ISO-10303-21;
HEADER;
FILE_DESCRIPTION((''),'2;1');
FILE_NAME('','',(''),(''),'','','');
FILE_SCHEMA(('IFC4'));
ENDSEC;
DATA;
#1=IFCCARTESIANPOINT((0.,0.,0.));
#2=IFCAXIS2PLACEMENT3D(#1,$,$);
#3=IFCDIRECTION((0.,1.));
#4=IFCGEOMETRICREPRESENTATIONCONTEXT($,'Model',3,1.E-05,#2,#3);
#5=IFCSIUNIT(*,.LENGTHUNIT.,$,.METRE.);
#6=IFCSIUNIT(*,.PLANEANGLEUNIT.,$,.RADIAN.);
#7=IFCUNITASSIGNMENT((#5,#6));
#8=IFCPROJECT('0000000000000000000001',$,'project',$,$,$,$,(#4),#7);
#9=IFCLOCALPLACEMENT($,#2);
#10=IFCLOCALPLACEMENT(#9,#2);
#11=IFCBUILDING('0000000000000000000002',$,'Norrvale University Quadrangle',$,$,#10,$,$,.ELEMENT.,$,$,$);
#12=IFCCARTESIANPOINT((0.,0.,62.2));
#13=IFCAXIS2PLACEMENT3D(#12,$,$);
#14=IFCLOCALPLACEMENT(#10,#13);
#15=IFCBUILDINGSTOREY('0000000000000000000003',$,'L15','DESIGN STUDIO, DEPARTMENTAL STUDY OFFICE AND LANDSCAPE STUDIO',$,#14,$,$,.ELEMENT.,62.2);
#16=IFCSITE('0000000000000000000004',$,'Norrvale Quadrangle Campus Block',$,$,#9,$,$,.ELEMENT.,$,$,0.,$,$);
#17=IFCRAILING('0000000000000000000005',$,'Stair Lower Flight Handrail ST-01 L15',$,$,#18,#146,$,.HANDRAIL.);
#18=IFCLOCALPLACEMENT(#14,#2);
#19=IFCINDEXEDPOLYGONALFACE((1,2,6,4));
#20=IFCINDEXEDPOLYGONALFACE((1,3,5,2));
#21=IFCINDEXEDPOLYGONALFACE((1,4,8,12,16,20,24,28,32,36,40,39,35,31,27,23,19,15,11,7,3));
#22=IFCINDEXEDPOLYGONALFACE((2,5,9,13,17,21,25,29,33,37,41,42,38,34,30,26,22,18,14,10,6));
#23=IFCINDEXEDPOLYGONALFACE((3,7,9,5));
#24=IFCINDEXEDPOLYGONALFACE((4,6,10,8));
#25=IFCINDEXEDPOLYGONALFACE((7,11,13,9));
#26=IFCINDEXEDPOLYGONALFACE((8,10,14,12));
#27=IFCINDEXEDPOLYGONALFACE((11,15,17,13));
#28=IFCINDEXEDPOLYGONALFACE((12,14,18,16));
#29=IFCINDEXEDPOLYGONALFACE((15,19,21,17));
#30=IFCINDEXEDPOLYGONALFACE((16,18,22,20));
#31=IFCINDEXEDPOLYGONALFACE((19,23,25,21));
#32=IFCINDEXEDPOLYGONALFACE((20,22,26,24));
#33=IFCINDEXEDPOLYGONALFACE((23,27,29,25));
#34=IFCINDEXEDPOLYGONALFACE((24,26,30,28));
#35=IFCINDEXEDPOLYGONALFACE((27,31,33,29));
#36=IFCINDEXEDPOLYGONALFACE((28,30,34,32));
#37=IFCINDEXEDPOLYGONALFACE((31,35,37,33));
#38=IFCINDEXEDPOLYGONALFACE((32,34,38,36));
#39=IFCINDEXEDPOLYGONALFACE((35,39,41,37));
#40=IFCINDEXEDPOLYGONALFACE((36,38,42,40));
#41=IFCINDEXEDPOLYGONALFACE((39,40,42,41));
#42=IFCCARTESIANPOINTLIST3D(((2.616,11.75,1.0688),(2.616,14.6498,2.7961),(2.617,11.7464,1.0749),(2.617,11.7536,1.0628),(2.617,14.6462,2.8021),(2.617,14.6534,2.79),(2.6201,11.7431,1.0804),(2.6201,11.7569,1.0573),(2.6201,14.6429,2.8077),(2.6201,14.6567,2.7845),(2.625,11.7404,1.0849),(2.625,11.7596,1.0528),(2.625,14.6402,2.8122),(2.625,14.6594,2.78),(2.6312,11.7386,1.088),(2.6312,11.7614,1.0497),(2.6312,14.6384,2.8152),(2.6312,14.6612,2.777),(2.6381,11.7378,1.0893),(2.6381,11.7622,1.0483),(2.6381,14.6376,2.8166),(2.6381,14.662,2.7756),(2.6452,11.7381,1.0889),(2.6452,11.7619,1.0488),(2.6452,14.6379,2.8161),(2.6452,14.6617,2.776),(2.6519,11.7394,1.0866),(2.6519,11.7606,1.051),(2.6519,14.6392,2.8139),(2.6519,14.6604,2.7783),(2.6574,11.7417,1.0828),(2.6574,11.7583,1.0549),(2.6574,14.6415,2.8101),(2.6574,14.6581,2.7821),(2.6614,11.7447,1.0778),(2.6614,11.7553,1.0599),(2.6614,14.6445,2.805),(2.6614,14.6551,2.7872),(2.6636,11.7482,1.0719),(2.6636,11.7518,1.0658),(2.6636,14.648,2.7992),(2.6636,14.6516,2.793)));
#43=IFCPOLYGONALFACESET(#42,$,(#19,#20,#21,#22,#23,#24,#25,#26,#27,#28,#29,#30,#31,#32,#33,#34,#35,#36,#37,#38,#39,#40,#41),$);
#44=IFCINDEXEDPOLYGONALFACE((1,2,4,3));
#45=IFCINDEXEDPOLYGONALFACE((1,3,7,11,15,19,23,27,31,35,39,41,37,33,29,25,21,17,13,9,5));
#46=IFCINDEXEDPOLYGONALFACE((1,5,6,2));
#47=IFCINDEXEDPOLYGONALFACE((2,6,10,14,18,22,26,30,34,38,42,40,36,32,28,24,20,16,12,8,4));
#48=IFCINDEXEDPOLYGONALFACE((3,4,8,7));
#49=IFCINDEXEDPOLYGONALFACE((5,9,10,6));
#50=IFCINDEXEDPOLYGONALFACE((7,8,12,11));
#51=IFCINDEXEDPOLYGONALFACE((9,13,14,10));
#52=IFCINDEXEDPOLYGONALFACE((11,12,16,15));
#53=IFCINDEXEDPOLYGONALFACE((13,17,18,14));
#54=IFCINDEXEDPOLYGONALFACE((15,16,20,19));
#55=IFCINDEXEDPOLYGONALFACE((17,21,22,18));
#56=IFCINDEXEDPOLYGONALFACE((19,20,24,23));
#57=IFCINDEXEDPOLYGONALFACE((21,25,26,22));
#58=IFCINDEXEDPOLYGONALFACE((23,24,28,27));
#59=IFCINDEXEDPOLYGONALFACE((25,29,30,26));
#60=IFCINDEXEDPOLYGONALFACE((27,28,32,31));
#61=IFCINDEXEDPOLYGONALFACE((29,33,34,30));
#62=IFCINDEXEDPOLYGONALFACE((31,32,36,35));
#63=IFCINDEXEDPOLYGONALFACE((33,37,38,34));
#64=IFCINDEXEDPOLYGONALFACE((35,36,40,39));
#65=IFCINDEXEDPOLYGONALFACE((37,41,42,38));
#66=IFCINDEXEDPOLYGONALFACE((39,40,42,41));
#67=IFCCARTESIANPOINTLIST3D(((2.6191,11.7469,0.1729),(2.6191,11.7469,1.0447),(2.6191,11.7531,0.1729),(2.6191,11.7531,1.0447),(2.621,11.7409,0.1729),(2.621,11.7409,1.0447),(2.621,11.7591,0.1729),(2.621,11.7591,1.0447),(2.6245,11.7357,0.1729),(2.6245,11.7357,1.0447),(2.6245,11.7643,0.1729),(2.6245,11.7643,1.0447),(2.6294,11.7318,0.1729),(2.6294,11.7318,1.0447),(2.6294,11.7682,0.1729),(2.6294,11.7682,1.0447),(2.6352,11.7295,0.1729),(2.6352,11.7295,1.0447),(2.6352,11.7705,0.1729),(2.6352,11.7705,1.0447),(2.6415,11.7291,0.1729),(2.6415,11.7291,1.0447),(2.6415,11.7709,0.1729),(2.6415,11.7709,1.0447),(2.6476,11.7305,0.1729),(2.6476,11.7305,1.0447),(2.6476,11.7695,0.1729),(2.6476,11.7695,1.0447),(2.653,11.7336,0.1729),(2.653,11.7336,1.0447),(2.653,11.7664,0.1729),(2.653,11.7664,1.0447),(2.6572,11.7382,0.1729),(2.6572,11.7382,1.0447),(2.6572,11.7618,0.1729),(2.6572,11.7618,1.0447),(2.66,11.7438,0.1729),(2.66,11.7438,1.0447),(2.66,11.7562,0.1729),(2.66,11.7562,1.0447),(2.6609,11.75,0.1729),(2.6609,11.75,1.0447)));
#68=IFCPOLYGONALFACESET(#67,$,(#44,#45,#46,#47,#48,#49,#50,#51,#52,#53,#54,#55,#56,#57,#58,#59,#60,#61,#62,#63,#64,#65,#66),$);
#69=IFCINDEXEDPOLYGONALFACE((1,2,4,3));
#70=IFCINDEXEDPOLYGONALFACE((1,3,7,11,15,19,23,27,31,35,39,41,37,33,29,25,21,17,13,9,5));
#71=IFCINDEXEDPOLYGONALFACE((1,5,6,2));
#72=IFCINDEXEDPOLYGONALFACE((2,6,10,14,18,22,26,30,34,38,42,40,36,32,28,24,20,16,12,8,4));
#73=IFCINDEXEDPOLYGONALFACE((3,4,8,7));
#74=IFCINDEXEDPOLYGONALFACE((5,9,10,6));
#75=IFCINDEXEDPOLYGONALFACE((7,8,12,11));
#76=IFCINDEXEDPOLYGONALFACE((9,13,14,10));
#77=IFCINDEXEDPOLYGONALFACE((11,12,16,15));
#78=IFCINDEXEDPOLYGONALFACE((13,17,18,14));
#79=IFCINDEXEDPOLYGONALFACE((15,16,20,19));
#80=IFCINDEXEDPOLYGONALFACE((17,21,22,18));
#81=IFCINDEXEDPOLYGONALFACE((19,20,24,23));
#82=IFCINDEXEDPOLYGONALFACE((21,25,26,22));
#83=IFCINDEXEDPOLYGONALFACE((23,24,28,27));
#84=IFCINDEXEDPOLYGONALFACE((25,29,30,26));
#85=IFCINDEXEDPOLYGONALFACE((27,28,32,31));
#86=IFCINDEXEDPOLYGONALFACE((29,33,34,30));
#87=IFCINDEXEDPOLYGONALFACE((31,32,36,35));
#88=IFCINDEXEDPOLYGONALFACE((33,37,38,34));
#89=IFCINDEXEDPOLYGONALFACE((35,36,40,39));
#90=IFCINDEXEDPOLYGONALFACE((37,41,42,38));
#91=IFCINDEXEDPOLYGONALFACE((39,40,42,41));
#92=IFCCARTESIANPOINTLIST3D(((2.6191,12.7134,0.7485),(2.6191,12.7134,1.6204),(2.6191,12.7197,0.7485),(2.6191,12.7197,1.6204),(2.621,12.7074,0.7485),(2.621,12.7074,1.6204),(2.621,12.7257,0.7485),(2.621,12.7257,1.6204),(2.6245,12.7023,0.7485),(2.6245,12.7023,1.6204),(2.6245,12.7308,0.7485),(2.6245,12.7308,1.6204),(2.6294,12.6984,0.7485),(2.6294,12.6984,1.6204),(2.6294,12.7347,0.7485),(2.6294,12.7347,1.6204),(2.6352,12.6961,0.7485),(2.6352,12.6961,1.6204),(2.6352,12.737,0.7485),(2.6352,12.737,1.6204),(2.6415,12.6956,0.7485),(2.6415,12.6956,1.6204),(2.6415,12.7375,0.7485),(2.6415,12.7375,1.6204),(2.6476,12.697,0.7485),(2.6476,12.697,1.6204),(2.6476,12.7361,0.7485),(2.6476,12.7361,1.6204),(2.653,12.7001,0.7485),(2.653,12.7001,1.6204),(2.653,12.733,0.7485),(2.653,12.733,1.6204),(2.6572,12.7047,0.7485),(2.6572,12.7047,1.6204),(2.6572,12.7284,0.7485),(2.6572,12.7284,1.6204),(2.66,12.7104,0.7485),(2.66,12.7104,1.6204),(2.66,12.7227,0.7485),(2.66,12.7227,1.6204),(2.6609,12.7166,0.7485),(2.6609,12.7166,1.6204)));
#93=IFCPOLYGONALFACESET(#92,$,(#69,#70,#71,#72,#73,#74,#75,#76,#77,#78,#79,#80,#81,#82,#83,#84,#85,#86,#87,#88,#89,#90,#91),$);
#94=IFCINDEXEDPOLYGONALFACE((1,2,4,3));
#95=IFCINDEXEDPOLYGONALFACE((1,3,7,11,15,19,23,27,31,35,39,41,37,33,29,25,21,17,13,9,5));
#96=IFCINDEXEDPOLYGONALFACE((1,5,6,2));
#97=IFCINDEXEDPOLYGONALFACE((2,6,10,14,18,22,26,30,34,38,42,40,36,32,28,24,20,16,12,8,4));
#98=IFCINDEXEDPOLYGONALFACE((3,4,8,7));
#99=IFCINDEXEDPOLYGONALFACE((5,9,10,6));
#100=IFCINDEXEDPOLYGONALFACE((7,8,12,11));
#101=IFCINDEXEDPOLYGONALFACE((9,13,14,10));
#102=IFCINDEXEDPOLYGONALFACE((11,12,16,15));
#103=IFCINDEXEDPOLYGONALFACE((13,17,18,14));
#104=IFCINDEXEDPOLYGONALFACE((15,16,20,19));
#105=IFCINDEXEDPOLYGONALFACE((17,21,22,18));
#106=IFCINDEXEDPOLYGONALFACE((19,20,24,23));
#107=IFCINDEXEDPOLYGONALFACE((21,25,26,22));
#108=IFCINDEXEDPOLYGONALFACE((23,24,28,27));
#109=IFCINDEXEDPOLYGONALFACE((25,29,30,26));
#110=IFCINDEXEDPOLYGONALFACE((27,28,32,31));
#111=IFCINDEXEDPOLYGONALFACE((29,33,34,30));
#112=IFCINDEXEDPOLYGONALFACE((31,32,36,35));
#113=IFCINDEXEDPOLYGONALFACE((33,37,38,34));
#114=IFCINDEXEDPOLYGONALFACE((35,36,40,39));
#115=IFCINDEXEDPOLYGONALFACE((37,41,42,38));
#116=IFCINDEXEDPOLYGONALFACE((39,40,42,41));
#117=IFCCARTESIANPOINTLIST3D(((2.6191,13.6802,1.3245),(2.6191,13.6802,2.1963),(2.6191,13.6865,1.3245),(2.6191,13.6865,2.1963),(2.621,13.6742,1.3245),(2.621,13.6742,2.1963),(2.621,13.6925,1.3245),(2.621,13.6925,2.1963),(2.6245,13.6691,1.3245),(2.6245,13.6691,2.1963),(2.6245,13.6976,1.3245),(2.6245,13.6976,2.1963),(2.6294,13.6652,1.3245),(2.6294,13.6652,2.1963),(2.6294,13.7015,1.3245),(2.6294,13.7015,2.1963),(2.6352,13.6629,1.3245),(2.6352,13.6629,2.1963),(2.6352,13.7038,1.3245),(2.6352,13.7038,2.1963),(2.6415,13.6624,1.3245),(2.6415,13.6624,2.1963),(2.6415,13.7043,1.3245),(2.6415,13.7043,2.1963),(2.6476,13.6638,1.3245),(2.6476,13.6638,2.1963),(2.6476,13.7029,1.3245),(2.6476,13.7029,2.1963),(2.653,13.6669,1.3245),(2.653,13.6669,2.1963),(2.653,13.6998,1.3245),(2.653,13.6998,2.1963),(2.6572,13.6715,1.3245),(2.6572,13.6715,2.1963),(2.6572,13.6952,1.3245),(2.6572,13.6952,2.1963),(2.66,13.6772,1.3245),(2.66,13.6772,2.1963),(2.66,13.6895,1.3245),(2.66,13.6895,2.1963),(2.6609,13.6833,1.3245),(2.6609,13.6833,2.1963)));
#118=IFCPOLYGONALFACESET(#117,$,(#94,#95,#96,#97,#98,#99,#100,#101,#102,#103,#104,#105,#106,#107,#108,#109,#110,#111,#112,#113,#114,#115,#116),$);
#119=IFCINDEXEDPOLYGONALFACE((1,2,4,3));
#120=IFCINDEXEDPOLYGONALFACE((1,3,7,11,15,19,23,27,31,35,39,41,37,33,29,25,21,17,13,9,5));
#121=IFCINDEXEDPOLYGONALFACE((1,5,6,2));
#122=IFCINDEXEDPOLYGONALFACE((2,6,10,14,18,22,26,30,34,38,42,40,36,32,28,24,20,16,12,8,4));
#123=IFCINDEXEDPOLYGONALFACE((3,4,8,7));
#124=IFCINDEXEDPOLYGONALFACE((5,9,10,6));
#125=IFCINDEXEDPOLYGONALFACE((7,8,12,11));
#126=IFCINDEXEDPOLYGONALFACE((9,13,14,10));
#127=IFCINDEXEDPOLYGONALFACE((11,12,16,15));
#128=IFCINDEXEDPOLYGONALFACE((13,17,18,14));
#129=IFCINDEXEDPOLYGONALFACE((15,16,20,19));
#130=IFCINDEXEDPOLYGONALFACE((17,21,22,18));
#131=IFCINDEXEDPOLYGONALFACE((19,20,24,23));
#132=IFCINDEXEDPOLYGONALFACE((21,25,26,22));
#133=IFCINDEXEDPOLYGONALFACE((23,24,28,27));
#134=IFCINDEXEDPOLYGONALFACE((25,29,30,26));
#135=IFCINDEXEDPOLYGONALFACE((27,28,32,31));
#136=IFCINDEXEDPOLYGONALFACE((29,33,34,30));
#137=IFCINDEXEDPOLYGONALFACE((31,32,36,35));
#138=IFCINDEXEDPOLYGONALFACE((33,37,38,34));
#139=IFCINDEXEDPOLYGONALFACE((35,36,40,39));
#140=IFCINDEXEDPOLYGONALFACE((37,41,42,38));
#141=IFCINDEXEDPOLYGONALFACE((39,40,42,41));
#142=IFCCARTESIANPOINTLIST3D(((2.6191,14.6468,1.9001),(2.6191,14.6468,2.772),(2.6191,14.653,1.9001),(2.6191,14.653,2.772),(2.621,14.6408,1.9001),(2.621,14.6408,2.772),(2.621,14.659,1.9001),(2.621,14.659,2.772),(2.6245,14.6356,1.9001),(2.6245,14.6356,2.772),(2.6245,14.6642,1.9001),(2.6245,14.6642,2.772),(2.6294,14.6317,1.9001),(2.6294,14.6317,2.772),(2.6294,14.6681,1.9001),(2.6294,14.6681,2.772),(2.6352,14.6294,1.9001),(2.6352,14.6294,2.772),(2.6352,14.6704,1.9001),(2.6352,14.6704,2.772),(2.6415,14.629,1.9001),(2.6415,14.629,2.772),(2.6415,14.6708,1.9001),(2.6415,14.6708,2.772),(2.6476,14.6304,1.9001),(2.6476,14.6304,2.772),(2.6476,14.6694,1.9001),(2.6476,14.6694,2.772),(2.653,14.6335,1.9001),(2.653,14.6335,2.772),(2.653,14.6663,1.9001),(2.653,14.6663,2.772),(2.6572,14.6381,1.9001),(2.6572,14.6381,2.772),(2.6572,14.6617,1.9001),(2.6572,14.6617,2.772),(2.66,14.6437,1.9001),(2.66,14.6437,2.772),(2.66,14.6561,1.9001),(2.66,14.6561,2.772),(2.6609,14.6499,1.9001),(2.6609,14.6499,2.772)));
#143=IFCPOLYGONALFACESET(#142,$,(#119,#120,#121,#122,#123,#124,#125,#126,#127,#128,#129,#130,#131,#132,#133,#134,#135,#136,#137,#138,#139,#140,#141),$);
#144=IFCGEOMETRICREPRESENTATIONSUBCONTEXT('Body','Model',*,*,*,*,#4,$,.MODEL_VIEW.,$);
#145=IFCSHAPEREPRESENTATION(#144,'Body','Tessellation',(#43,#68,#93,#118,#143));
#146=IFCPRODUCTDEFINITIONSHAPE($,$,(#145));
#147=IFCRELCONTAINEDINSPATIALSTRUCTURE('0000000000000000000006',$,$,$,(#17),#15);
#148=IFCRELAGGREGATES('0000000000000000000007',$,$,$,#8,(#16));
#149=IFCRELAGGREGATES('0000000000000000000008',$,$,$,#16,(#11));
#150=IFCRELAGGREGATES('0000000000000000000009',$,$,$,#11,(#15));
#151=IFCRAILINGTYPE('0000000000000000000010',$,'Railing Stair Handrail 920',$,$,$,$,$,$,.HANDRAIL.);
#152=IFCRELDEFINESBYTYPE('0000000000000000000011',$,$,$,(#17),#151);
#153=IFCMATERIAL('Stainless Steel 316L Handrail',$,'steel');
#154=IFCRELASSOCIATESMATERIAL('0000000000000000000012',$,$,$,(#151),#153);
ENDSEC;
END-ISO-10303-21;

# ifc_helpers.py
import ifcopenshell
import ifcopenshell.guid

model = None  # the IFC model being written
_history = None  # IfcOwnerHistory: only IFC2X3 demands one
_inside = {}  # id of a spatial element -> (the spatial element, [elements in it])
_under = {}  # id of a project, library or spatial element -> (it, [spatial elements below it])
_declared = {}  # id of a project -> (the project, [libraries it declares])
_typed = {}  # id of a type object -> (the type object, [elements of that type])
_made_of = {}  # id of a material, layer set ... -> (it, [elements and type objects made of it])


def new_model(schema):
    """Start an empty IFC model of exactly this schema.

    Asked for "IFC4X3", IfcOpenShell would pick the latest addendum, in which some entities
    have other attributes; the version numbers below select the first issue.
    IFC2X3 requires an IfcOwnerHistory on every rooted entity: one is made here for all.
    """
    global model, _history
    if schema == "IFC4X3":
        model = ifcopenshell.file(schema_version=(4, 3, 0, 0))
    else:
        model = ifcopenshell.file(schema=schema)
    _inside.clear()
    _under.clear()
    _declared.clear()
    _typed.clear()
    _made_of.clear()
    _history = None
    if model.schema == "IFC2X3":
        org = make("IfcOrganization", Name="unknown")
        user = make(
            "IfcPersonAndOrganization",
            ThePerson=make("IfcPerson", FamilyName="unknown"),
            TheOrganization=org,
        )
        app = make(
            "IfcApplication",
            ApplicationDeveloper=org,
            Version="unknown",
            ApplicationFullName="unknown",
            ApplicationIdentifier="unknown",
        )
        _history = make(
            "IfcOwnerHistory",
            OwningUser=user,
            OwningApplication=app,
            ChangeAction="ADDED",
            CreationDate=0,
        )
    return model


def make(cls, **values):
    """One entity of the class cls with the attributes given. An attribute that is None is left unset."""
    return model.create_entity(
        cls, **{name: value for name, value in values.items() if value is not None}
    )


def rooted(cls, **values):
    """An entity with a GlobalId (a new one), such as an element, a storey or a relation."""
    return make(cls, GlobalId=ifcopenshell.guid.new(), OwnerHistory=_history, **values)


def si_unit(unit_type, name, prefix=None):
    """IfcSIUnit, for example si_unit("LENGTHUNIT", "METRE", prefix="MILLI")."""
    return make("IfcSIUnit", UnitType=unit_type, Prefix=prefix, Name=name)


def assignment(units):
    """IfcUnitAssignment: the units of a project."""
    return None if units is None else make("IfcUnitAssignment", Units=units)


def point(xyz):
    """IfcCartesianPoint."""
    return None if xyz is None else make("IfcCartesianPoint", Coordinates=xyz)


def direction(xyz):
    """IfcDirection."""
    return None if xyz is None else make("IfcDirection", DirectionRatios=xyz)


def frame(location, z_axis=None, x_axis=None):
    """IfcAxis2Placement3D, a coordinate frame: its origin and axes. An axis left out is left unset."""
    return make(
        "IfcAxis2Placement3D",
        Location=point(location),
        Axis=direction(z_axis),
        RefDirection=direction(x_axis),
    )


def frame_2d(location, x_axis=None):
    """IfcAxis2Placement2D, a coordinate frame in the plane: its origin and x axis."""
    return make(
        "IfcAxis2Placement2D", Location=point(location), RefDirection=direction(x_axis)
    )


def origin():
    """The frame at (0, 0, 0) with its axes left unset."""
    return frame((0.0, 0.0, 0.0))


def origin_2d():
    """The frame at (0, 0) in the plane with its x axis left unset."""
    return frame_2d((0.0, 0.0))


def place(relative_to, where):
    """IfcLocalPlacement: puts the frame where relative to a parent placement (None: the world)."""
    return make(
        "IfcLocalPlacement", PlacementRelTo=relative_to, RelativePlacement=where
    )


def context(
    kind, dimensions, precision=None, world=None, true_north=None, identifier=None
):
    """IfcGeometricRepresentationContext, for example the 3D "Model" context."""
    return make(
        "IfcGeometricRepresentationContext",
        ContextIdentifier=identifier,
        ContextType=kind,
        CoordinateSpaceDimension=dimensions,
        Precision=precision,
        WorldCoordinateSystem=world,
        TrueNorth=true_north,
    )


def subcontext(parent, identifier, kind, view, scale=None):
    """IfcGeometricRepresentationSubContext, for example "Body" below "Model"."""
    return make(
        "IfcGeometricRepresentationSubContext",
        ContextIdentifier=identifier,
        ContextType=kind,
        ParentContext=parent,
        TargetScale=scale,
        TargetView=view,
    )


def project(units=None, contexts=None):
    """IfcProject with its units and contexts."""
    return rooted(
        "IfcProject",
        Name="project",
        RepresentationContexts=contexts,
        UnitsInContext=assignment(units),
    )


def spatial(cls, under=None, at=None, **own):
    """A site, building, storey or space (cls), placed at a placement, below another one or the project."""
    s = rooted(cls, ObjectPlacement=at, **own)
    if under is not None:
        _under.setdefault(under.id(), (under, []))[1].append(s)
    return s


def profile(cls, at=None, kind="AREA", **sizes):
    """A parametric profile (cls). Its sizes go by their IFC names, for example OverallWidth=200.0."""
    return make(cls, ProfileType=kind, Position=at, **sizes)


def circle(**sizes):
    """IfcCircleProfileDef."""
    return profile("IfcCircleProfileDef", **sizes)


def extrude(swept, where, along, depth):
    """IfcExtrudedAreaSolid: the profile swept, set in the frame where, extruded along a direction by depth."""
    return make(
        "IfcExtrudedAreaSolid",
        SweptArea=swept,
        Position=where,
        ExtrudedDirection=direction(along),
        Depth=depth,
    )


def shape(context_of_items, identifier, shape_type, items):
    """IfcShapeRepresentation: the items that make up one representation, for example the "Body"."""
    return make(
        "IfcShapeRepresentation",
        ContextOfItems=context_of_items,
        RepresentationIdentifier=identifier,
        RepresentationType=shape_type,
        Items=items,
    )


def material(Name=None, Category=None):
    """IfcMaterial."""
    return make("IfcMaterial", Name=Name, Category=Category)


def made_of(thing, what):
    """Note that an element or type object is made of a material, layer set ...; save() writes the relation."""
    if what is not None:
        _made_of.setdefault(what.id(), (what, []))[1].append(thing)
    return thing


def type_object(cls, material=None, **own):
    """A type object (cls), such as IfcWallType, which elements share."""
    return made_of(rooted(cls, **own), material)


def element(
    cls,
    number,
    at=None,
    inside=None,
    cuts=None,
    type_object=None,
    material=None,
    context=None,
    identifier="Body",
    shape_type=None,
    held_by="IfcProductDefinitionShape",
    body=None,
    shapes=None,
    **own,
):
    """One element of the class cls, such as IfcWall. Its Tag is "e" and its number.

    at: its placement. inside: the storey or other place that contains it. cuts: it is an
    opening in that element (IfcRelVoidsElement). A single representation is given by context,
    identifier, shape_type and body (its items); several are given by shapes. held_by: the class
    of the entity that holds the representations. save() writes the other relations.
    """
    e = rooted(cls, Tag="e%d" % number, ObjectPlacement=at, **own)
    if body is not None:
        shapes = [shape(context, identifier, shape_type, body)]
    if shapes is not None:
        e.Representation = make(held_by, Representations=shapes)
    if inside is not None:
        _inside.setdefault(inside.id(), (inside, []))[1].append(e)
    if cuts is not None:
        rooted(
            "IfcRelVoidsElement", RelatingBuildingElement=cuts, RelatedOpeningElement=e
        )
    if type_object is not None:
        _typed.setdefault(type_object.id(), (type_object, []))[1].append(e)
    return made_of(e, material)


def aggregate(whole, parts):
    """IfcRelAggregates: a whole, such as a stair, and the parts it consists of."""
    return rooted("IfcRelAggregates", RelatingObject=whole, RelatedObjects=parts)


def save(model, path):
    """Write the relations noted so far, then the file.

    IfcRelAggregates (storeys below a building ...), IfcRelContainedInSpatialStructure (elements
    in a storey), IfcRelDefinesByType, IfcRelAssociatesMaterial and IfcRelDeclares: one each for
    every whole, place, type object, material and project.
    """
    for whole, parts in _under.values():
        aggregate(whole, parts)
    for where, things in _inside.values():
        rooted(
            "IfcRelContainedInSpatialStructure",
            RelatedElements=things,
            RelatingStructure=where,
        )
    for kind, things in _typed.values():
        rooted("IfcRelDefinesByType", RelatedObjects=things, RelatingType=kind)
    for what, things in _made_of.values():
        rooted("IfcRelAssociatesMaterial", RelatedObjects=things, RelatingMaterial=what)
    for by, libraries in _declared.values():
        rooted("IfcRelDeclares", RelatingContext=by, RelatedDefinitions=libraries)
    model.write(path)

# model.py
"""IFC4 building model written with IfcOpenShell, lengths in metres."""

from ifc_helpers import new_model, si_unit, direction, frame, origin, origin_2d, place, context, subcontext, project, spatial, circle, extrude, material, type_object, element, save


model = new_model("IFC4")

# Units and contexts
model_context = context("Model", 3, precision=1e-05, world=origin(), true_north=direction((0.0, 1.0)))
body_context = subcontext(model_context, "Body", "Model", "MODEL_VIEW")
ifc_project = project(units=[si_unit("LENGTHUNIT", "METRE"), si_unit("PLANEANGLEUNIT", "RADIAN")], contexts=[model_context])

# Site, building, storey
site_placement = place(None, origin())
site = spatial("IfcSite", under=ifc_project, at=site_placement, Name="Norrvale Quadrangle Campus Block", CompositionType="ELEMENT", RefElevation=0.0)
building_placement = place(site_placement, origin())
building = spatial("IfcBuilding", under=site, at=building_placement, Name="Norrvale University Quadrangle", CompositionType="ELEMENT")
storey_placement = place(building_placement, frame((0.0, 0.0, 62.2)))
storey = spatial("IfcBuildingStorey", under=building, at=storey_placement, Name="L15", Description="DESIGN STUDIO, DEPARTMENTAL STUDY OFFICE AND LANDSCAPE STUDIO", CompositionType="ELEMENT", Elevation=62.2)

# Railing
ifc_material_1 = material(Name="Stainless Steel 316L Handrail", Category="steel")
railing_type_1 = type_object("IfcRailingType", Name="Railing Stair Handrail 920", PredefinedType="HANDRAIL", material=ifc_material_1)
railing_1_placement = place(storey_placement, frame((2.6399, 11.75, 0.1729)))
element("IfcRailing", 1, at=railing_1_placement, inside=storey, type_object=railing_type_1, Name="Stair Lower Flight Handrail ST-01 L15", PredefinedType="HANDRAIL", context=body_context, shape_type="SweptSolid", body=[
    extrude(circle(Radius=0.0239, at=origin_2d()), frame((0.0, 0.0, 0.896), z_axis=(0.0, 0.859141, 0.511738), x_axis=(-1.0, 0.0, 0.0)), (0.0, 0.0, 1.0), 3.3752),
    extrude(circle(Radius=0.021, at=origin_2d()), origin(), (0.0, 0.0, 1.0), 0.8718),
    extrude(circle(Radius=0.021, at=origin_2d()), frame((0.0, 0.9666, 0.5757)), (0.0, 0.0, 1.0), 0.8718),
    extrude(circle(Radius=0.021, at=origin_2d()), frame((0.0, 1.9333, 1.1516)), (0.0, 0.0, 1.0), 0.8718),
    extrude(circle(Radius=0.021, at=origin_2d()), frame((0.0, 2.8999, 1.7273)), (0.0, 0.0, 1.0), 0.8718),
])

save(model, "model.ifc")
